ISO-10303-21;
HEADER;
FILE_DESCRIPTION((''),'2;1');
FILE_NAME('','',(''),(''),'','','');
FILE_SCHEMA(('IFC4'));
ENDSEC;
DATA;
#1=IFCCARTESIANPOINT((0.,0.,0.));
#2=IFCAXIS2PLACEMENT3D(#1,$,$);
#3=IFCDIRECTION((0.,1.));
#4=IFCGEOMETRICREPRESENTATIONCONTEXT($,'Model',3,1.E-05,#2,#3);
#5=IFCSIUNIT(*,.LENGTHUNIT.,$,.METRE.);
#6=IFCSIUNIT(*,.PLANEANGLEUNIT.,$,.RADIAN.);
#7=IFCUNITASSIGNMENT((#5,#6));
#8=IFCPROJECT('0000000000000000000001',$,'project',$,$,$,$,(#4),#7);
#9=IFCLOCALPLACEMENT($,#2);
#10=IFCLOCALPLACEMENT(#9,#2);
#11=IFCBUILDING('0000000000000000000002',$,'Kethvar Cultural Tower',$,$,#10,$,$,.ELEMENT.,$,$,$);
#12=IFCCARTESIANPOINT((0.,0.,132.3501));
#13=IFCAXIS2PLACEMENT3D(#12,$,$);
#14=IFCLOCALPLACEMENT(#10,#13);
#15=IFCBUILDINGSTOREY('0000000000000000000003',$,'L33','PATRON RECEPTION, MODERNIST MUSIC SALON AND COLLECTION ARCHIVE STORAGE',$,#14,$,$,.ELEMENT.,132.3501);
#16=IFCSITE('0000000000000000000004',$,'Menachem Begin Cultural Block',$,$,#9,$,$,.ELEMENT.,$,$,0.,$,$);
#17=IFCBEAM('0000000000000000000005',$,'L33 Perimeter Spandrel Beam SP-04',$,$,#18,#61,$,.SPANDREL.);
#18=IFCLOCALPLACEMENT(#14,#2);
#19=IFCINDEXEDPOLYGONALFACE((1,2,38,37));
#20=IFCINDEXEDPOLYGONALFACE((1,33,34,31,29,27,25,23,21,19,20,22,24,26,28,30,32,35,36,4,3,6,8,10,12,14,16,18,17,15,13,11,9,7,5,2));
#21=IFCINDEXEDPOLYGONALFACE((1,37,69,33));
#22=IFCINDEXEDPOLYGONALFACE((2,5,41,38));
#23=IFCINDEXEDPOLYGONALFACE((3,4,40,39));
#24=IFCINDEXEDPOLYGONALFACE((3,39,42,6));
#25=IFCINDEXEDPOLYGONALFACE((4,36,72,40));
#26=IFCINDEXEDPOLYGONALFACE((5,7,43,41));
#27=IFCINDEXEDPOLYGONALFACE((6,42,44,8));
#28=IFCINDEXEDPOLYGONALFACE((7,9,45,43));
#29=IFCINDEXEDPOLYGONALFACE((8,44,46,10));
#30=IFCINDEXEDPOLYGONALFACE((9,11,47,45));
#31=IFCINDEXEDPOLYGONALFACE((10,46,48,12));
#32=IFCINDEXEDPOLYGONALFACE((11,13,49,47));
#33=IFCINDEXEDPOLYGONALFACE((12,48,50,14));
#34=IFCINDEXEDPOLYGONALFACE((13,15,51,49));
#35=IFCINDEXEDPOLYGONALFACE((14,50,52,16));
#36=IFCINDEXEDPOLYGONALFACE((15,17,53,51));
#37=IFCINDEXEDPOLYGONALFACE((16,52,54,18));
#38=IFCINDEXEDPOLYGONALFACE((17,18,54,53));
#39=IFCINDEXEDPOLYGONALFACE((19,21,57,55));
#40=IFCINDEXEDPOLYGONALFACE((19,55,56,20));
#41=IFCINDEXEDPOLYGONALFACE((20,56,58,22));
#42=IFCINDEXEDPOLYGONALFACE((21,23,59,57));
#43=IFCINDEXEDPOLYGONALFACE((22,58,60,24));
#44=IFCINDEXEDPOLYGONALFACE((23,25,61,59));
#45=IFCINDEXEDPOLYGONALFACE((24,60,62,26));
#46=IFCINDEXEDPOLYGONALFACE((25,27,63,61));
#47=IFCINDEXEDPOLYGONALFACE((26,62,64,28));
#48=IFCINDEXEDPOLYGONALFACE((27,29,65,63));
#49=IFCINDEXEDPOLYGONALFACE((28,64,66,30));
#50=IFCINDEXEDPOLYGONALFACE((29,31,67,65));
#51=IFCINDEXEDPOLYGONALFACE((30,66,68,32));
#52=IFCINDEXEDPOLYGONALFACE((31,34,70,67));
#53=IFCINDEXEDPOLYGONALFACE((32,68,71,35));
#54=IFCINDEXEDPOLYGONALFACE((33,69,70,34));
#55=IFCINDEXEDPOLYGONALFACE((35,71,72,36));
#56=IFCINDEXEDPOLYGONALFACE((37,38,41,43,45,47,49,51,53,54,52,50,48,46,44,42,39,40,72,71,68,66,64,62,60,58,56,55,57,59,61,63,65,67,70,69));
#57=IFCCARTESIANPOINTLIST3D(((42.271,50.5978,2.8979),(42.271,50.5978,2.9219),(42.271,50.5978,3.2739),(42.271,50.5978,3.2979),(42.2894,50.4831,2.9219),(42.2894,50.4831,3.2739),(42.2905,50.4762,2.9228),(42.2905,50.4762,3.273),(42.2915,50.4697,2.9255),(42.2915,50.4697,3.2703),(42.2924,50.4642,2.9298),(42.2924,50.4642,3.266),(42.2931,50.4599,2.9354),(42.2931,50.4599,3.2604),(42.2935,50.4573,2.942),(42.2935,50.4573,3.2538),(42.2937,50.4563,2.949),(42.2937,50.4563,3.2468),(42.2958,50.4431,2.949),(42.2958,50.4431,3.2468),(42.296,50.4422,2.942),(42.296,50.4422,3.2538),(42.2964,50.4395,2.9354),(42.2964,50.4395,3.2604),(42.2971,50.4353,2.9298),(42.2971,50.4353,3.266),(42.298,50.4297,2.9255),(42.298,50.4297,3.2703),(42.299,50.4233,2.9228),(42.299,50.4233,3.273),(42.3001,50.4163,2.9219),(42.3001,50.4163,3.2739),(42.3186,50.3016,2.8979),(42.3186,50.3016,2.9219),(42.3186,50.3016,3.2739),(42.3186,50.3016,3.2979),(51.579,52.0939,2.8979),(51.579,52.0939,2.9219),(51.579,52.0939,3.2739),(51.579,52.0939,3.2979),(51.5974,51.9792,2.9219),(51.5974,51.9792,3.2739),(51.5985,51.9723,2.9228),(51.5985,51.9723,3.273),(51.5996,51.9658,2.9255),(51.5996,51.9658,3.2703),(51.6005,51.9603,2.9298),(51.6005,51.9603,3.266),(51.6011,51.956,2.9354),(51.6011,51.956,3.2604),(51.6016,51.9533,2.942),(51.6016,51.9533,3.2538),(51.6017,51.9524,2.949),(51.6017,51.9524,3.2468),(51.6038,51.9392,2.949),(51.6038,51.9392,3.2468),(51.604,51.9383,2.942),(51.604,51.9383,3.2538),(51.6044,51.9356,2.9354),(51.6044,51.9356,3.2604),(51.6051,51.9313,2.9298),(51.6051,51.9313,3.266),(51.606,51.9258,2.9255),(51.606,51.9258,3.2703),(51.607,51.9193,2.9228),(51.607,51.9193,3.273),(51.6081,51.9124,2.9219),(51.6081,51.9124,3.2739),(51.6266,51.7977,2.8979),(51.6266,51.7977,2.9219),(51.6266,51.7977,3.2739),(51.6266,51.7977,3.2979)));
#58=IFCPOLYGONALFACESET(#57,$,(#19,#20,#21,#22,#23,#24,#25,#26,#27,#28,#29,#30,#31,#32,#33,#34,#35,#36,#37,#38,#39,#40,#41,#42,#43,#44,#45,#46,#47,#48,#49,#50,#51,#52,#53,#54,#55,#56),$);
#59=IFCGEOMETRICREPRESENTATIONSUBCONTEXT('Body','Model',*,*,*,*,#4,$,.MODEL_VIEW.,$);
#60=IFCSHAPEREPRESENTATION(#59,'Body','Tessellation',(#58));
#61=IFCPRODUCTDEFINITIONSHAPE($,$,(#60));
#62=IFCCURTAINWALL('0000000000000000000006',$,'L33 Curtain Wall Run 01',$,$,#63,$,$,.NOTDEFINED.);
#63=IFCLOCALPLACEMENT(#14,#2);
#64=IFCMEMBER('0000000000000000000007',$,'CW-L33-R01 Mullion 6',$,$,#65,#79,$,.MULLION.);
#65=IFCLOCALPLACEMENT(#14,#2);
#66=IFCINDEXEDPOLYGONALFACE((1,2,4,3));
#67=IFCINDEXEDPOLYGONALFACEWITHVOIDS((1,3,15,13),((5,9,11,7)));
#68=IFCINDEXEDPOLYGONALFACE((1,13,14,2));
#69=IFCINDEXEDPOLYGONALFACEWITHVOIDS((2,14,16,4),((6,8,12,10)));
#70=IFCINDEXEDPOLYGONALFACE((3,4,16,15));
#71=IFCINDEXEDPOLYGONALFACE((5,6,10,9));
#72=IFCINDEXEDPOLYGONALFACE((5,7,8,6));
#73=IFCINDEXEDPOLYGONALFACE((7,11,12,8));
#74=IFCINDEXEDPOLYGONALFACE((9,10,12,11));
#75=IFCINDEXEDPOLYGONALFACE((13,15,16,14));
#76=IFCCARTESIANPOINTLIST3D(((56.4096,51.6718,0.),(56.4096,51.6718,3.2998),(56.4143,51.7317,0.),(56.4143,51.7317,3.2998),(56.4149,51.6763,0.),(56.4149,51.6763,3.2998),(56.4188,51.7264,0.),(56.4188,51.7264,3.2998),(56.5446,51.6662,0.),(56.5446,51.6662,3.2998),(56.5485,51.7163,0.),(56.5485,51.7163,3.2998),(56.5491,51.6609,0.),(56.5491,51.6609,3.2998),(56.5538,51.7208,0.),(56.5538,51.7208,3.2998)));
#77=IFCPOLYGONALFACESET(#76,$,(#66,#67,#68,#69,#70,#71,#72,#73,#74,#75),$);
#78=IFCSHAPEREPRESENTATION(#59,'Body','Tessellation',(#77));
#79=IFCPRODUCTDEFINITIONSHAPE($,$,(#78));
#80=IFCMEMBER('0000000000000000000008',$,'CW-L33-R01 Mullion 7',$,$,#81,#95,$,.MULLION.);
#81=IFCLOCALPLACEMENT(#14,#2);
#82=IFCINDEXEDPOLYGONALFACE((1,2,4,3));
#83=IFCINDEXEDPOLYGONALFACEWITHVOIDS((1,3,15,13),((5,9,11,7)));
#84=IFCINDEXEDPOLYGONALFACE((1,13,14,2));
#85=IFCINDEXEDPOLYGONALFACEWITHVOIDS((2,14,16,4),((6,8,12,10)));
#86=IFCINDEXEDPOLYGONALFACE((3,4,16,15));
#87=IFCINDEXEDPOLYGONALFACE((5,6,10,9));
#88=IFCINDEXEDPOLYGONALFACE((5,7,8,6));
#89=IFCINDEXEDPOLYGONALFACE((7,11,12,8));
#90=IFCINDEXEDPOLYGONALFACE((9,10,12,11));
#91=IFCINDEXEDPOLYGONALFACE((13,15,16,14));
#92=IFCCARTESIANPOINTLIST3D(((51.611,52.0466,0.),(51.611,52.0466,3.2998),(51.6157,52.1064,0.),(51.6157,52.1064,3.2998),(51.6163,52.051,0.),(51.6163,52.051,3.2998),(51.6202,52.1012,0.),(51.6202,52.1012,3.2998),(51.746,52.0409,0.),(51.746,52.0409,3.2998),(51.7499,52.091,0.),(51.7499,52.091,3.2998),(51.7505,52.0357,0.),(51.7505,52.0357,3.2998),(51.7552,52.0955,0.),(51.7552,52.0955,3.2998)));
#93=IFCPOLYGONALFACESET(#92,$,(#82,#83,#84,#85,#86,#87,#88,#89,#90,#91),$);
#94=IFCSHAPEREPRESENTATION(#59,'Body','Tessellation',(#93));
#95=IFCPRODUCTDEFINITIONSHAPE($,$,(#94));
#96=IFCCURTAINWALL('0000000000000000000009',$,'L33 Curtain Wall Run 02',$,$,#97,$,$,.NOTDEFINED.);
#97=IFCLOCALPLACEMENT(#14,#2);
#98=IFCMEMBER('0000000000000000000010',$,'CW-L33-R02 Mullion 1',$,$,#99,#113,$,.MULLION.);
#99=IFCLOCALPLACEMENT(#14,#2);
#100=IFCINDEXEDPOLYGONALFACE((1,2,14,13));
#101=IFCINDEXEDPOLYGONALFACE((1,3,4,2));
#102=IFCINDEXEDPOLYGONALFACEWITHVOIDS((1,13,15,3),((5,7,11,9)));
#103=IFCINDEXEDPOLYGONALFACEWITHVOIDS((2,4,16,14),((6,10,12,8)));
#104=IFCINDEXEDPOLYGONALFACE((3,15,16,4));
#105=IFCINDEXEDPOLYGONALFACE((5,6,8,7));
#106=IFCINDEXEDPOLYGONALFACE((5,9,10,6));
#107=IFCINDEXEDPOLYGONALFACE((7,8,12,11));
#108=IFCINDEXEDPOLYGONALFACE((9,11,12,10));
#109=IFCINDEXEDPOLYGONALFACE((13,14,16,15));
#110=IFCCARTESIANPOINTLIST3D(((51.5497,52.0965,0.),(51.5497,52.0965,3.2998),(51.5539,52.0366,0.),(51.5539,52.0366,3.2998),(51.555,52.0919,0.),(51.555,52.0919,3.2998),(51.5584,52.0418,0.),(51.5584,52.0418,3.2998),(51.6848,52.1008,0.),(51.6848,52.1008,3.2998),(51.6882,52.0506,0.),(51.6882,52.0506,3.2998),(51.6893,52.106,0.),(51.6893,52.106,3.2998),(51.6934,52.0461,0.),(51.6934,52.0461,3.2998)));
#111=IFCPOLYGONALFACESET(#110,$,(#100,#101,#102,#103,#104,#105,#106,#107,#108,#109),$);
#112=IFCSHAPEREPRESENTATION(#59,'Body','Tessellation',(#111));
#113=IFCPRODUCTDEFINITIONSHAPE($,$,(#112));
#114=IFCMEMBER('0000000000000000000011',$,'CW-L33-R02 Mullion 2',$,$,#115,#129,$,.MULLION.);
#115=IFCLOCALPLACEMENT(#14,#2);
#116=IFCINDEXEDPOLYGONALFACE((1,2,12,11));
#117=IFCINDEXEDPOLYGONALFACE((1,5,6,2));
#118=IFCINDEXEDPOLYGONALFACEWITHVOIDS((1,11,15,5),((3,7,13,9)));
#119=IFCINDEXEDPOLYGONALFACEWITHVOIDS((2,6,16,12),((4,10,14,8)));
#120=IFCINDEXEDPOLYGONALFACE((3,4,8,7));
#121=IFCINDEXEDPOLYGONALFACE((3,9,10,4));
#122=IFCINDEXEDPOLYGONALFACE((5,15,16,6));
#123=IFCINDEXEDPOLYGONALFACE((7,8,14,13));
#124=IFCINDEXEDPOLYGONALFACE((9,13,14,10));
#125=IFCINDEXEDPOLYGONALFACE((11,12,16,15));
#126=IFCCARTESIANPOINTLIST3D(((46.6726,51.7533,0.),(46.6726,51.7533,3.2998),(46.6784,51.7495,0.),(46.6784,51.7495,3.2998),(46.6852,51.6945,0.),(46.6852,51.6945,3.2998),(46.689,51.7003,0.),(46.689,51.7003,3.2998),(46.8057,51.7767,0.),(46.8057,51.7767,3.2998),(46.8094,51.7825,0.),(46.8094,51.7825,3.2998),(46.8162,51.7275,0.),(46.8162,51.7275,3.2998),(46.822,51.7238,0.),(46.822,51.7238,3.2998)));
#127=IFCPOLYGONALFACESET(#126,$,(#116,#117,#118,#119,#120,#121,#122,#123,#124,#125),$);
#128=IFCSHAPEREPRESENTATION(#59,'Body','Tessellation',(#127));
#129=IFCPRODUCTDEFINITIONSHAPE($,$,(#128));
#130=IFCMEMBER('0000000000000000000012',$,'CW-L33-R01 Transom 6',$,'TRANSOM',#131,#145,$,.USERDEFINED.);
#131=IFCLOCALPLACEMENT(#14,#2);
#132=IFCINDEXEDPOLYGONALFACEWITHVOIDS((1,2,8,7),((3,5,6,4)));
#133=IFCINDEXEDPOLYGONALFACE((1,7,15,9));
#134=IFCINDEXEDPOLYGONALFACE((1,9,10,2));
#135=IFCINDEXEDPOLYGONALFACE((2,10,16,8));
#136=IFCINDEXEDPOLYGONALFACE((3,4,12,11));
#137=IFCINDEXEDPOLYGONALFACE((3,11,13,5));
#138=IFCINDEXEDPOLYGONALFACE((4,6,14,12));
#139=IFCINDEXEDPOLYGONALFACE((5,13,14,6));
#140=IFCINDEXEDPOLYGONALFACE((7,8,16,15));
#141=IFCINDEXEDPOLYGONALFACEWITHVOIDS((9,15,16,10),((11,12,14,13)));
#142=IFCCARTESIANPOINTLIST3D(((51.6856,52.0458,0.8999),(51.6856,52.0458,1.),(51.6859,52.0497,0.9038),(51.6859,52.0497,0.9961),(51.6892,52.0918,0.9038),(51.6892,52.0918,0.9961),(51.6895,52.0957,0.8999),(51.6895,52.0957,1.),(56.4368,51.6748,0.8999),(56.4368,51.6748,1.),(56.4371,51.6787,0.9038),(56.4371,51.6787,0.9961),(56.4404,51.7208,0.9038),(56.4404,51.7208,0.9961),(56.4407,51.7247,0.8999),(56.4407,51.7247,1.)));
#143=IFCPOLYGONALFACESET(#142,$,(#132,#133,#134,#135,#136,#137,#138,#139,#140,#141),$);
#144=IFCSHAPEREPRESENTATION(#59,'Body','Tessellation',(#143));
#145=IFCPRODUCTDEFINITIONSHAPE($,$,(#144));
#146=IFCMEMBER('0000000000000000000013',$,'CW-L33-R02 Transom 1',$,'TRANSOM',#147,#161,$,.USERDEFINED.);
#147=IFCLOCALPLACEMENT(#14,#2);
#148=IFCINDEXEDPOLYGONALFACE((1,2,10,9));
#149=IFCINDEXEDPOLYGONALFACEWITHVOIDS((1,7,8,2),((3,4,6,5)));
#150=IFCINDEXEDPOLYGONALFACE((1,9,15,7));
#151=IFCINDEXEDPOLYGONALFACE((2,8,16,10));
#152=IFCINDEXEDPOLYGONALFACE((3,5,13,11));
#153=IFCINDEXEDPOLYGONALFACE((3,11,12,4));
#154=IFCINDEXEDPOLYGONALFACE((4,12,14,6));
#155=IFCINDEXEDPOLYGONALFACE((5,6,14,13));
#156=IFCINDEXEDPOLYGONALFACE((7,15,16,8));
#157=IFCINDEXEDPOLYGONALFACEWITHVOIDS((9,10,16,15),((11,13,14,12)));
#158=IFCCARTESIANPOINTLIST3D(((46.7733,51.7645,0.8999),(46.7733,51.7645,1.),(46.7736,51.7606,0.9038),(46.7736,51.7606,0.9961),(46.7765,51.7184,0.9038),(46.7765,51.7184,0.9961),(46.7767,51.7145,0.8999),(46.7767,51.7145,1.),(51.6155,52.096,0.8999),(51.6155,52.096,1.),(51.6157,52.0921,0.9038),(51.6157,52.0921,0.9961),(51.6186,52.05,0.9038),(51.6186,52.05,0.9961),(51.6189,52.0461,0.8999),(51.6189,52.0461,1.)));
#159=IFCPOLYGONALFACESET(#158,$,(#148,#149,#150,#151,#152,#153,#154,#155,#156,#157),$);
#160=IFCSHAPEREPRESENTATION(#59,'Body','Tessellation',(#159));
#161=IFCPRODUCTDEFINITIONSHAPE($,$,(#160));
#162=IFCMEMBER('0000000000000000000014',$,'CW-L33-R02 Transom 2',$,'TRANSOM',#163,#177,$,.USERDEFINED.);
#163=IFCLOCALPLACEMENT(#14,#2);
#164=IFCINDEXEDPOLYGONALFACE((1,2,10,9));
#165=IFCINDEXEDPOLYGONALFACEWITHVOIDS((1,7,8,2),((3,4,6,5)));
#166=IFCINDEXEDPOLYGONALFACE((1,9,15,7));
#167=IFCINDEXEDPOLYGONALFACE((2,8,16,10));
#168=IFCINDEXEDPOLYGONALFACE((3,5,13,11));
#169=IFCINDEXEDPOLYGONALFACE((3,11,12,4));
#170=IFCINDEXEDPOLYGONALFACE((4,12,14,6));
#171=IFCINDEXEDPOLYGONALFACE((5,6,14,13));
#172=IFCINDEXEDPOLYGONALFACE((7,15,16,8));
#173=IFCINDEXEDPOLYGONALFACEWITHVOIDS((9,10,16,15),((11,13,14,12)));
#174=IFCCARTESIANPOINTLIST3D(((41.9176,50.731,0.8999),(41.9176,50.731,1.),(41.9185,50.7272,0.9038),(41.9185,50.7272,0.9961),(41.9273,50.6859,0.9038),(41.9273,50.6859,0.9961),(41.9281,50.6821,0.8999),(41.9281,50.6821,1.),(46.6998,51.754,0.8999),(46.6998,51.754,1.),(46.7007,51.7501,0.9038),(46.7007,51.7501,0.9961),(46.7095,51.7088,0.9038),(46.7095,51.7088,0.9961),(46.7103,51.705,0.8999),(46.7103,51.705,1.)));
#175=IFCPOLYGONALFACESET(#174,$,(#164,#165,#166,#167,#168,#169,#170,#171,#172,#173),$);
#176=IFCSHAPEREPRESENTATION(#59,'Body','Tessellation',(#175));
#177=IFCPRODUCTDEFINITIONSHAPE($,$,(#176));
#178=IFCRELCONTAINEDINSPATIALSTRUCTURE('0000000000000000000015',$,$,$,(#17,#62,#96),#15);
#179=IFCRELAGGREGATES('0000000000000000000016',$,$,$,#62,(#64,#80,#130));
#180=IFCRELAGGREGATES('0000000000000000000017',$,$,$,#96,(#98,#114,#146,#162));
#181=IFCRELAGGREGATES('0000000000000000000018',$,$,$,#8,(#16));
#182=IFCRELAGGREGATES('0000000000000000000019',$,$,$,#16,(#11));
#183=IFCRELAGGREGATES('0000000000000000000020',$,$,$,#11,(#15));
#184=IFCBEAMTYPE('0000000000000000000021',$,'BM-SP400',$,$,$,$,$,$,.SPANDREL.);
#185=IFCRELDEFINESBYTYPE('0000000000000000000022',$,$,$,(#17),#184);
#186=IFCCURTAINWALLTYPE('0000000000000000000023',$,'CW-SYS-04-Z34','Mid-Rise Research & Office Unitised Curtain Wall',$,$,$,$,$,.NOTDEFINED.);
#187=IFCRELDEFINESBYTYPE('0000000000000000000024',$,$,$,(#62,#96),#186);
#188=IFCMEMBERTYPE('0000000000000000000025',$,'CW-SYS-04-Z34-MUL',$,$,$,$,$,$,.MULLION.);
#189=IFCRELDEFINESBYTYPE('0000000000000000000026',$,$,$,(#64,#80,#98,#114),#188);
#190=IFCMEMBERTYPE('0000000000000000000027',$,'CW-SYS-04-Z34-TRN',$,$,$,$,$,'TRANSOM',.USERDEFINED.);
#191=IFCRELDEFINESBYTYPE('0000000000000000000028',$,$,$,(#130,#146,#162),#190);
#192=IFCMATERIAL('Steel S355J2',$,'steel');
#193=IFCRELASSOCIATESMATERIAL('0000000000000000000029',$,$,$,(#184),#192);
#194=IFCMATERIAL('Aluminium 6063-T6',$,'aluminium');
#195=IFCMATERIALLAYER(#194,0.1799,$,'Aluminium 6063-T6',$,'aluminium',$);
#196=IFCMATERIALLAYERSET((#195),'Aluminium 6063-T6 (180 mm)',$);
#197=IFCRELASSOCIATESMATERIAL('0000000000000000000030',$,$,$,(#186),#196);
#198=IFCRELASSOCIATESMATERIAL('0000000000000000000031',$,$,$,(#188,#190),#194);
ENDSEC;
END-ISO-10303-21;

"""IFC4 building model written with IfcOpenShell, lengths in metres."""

from ifc_helpers import new_model, si_unit, direction, frame, origin, origin_2d, place, context, subcontext, project, spatial, hollow_rectangle, i_section, extrude, source, transform, mapped, material, layer, layer_set, material_profile, profile_set, type_object, element, aggregate, save


model = new_model("IFC4")

# Units and contexts
model_context = context("Model", 3, precision=1e-05, world=origin(), true_north=direction((0.0, 1.0)))
body_context = subcontext(model_context, "Body", "Model", "MODEL_VIEW")
ifc_project = project(units=[si_unit("LENGTHUNIT", "METRE"), si_unit("PLANEANGLEUNIT", "RADIAN")], contexts=[model_context])

# Site, building, storey
site_placement = place(None, origin())
site = spatial("IfcSite", under=ifc_project, at=site_placement, Name="Menachem Begin Cultural Block", CompositionType="ELEMENT", RefElevation=0.0)
building_placement = place(site_placement, origin())
building = spatial("IfcBuilding", under=site, at=building_placement, Name="Kethvar Cultural Tower", CompositionType="ELEMENT")
storey_placement = place(building_placement, frame((0.0, 0.0, 132.3501)))
storey = spatial("IfcBuildingStorey", under=building, at=storey_placement, Name="L33", Description="PATRON RECEPTION, MODERNIST MUSIC SALON AND COLLECTION ARCHIVE STORAGE", CompositionType="ELEMENT", Elevation=132.3501)

# Beam
ifc_material_1 = material(Name="Steel S355J2", Category="steel")
ifc_material_profile_1 = material_profile(ifc_material_1, i_section(OverallWidth=0.3, OverallDepth=0.3999, WebThickness=0.0134, FlangeThickness=0.0239, FilletRadius=0.0271, at=origin_2d()), Name="Steel S355J2 — HEB400")
ifc_profile_set_1 = profile_set([ifc_material_profile_1], Name="Steel S355J2 — HEB400")
beam_type_1 = type_object("IfcBeamType", Name="BM-SP400", PredefinedType="SPANDREL", material=ifc_profile_set_1)
shared_shape_1 = source(origin(), body_context, "Body", "SweptSolid", [
    extrude(i_section(OverallWidth=0.3, OverallDepth=0.3999, WebThickness=0.0134, FlangeThickness=0.0239, FilletRadius=0.0271, at=origin_2d()), origin(), (0.0, 0.0, 1.0), 9.4275),
])
beam_1_placement = place(storey_placement, frame((51.6028, 51.9458, 3.0979), z_axis=(-0.987328, -0.158693, 0.0), x_axis=(0.158693, -0.987328, 0.0)))
element("IfcBeam", 1, at=beam_1_placement, inside=storey, type_object=beam_type_1, Name="L33 Perimeter Spandrel Beam SP-04", PredefinedType="SPANDREL", context=body_context, shape_type="MappedRepresentation", body=[
    mapped(shared_shape_1, transform((0.0, 0.0, 0.0), scale=1.0)),
])

# Curtain walls, members
ifc_material_2 = material(Name="Aluminium 6063-T6", Category="aluminium")
ifc_layer_1 = layer(ifc_material_2, 0.1799, Name="Aluminium 6063-T6", Category="aluminium")
ifc_layer_set_1 = layer_set([ifc_layer_1], Name="Aluminium 6063-T6 (180 mm)")
curtain_wall_type = type_object("IfcCurtainWallType", Name="CW-SYS-04-Z34", Description="Mid-Rise Research & Office Unitised Curtain Wall", PredefinedType="NOTDEFINED", material=ifc_layer_set_1)
curtain_wall_1_placement = place(storey_placement, origin())
curtain_wall_1 = element("IfcCurtainWall", 2, at=curtain_wall_1_placement, inside=storey, type_object=curtain_wall_type, Name="L33 Curtain Wall Run 01", PredefinedType="NOTDEFINED")
ifc_material_profile_2 = material_profile(ifc_material_2, hollow_rectangle(XDim=0.0601, YDim=0.1399, WallThickness=0.0049, at=origin_2d()), Name="Aluminium 6063-T6 — RHS140x60x5")
ifc_profile_set_2 = profile_set([ifc_material_profile_2], Name="Aluminium 6063-T6 — RHS140x60x5")
member_type_1 = type_object("IfcMemberType", Name="CW-SYS-04-Z34-MUL", PredefinedType="MULLION", material=ifc_profile_set_2)
shared_shape_2 = source(origin(), body_context, "Body", "SweptSolid", [
    extrude(hollow_rectangle(XDim=0.0601, YDim=0.1399, WallThickness=0.0049, at=origin_2d()), origin(), (0.0, 0.0, 1.0), 3.2998),
])
member_1_placement = place(storey_placement, frame((56.4817, 51.6963, 0.0), z_axis=(0.0, 0.0, 1.0), x_axis=(-0.077885, -0.996962, 0.0)))
member_1 = element("IfcMember", 3, at=member_1_placement, type_object=member_type_1, Name="CW-L33-R01 Mullion 6", PredefinedType="MULLION", context=body_context, shape_type="MappedRepresentation", body=[
    mapped(shared_shape_2, transform((0.0, 0.0, 0.0), scale=1.0)),
])
member_2_placement = place(storey_placement, frame((51.6831, 52.071, 0.0), z_axis=(0.0, 0.0, 1.0), x_axis=(-0.077885, -0.996962, 0.0)))
member_2 = element("IfcMember", 4, at=member_2_placement, type_object=member_type_1, Name="CW-L33-R01 Mullion 7", PredefinedType="MULLION", context=body_context, shape_type="MappedRepresentation", body=[
    mapped(shared_shape_2, transform((0.0, 0.0, 0.0), scale=1.0)),
])
curtain_wall_2_placement = place(storey_placement, origin())
curtain_wall_2 = element("IfcCurtainWall", 5, at=curtain_wall_2_placement, inside=storey, type_object=curtain_wall_type, Name="L33 Curtain Wall Run 02", PredefinedType="NOTDEFINED")
member_3_placement = place(storey_placement, frame((51.6216, 52.0713, 0.0), z_axis=(0.0, 0.0, 1.0), x_axis=(0.068329, -0.997663, 0.0)))
member_3 = element("IfcMember", 6, at=member_3_placement, type_object=member_type_1, Name="CW-L33-R02 Mullion 1", PredefinedType="MULLION", context=body_context, shape_type="MappedRepresentation", body=[
    mapped(shared_shape_2, transform((0.0, 0.0, 0.0), scale=1.0)),
])
member_4_placement = place(storey_placement, frame((46.7473, 51.7385, 0.0), z_axis=(0.0, 0.0, 1.0), x_axis=(0.209209, -0.977871, 0.0)))
member_4 = element("IfcMember", 7, at=member_4_placement, type_object=member_type_1, Name="CW-L33-R02 Mullion 2", PredefinedType="MULLION", context=body_context, shape_type="MappedRepresentation", body=[
    mapped(shared_shape_2, transform((0.0, 0.0, 0.0), scale=1.0)),
])

# Members
ifc_material_profile_3 = material_profile(ifc_material_2, hollow_rectangle(XDim=0.05, YDim=0.1001, WallThickness=0.0039, at=origin_2d()), Name="Aluminium 6063-T6 — RHS100x50x4")
ifc_profile_set_3 = profile_set([ifc_material_profile_3], Name="Aluminium 6063-T6 — RHS100x50x4")
member_type_2 = type_object("IfcMemberType", Name="CW-SYS-04-Z34-TRN", ElementType="TRANSOM", PredefinedType="USERDEFINED", material=ifc_profile_set_3)
shared_shape_3 = source(origin(), body_context, "Body", "SweptSolid", [
    extrude(hollow_rectangle(XDim=0.05, YDim=0.1001, WallThickness=0.0039, at=origin_2d()), origin(), (0.0, 0.0, 1.0), 4.7656),
])
member_5_placement = place(storey_placement, frame((56.4387, 51.6997, 0.95), z_axis=(-0.996964, 0.077868, 0.0), x_axis=(-0.077868, -0.996964, 0.0)))
member_5 = element("IfcMember", 8, at=member_5_placement, type_object=member_type_2, Name="CW-L33-R01 Transom 6", ObjectType="TRANSOM", PredefinedType="USERDEFINED", context=body_context, shape_type="MappedRepresentation", body=[
    mapped(shared_shape_3, transform((0.0, 0.0, 0.0), scale=1.0)),
])
shared_shape_4 = source(origin(), body_context, "Body", "SweptSolid", [
    extrude(hollow_rectangle(XDim=0.05, YDim=0.1001, WallThickness=0.0039, at=origin_2d()), origin(), (0.0, 0.0, 1.0), 4.8535),
])
member_6_placement = place(storey_placement, frame((51.6172, 52.071, 0.95), z_axis=(-0.997664, -0.068308, 0.0), x_axis=(0.068308, -0.997664, 0.0)))
member_6 = element("IfcMember", 9, at=member_6_placement, type_object=member_type_2, Name="CW-L33-R02 Transom 1", ObjectType="TRANSOM", PredefinedType="USERDEFINED", context=body_context, shape_type="MappedRepresentation", body=[
    mapped(shared_shape_4, transform((0.0, 0.0, 0.0), scale=1.0)),
])
shared_shape_5 = source(origin(), body_context, "Body", "SweptSolid", [
    extrude(hollow_rectangle(XDim=0.05, YDim=0.1001, WallThickness=0.0039, at=origin_2d()), origin(), (0.0, 0.0, 1.0), 4.8904),
])
member_7_placement = place(storey_placement, frame((46.7051, 51.7295, 0.95), z_axis=(-0.977878, -0.209175, 0.0), x_axis=(0.209175, -0.977878, 0.0)))
member_7 = element("IfcMember", 10, at=member_7_placement, type_object=member_type_2, Name="CW-L33-R02 Transom 2", ObjectType="TRANSOM", PredefinedType="USERDEFINED", context=body_context, shape_type="MappedRepresentation", body=[
    mapped(shared_shape_5, transform((0.0, 0.0, 0.0), scale=1.0)),
])

aggregate(curtain_wall_1, [member_1, member_2, member_5])
aggregate(curtain_wall_2, [member_3, member_4, member_6, member_7])

save(model, "model.ifc")
